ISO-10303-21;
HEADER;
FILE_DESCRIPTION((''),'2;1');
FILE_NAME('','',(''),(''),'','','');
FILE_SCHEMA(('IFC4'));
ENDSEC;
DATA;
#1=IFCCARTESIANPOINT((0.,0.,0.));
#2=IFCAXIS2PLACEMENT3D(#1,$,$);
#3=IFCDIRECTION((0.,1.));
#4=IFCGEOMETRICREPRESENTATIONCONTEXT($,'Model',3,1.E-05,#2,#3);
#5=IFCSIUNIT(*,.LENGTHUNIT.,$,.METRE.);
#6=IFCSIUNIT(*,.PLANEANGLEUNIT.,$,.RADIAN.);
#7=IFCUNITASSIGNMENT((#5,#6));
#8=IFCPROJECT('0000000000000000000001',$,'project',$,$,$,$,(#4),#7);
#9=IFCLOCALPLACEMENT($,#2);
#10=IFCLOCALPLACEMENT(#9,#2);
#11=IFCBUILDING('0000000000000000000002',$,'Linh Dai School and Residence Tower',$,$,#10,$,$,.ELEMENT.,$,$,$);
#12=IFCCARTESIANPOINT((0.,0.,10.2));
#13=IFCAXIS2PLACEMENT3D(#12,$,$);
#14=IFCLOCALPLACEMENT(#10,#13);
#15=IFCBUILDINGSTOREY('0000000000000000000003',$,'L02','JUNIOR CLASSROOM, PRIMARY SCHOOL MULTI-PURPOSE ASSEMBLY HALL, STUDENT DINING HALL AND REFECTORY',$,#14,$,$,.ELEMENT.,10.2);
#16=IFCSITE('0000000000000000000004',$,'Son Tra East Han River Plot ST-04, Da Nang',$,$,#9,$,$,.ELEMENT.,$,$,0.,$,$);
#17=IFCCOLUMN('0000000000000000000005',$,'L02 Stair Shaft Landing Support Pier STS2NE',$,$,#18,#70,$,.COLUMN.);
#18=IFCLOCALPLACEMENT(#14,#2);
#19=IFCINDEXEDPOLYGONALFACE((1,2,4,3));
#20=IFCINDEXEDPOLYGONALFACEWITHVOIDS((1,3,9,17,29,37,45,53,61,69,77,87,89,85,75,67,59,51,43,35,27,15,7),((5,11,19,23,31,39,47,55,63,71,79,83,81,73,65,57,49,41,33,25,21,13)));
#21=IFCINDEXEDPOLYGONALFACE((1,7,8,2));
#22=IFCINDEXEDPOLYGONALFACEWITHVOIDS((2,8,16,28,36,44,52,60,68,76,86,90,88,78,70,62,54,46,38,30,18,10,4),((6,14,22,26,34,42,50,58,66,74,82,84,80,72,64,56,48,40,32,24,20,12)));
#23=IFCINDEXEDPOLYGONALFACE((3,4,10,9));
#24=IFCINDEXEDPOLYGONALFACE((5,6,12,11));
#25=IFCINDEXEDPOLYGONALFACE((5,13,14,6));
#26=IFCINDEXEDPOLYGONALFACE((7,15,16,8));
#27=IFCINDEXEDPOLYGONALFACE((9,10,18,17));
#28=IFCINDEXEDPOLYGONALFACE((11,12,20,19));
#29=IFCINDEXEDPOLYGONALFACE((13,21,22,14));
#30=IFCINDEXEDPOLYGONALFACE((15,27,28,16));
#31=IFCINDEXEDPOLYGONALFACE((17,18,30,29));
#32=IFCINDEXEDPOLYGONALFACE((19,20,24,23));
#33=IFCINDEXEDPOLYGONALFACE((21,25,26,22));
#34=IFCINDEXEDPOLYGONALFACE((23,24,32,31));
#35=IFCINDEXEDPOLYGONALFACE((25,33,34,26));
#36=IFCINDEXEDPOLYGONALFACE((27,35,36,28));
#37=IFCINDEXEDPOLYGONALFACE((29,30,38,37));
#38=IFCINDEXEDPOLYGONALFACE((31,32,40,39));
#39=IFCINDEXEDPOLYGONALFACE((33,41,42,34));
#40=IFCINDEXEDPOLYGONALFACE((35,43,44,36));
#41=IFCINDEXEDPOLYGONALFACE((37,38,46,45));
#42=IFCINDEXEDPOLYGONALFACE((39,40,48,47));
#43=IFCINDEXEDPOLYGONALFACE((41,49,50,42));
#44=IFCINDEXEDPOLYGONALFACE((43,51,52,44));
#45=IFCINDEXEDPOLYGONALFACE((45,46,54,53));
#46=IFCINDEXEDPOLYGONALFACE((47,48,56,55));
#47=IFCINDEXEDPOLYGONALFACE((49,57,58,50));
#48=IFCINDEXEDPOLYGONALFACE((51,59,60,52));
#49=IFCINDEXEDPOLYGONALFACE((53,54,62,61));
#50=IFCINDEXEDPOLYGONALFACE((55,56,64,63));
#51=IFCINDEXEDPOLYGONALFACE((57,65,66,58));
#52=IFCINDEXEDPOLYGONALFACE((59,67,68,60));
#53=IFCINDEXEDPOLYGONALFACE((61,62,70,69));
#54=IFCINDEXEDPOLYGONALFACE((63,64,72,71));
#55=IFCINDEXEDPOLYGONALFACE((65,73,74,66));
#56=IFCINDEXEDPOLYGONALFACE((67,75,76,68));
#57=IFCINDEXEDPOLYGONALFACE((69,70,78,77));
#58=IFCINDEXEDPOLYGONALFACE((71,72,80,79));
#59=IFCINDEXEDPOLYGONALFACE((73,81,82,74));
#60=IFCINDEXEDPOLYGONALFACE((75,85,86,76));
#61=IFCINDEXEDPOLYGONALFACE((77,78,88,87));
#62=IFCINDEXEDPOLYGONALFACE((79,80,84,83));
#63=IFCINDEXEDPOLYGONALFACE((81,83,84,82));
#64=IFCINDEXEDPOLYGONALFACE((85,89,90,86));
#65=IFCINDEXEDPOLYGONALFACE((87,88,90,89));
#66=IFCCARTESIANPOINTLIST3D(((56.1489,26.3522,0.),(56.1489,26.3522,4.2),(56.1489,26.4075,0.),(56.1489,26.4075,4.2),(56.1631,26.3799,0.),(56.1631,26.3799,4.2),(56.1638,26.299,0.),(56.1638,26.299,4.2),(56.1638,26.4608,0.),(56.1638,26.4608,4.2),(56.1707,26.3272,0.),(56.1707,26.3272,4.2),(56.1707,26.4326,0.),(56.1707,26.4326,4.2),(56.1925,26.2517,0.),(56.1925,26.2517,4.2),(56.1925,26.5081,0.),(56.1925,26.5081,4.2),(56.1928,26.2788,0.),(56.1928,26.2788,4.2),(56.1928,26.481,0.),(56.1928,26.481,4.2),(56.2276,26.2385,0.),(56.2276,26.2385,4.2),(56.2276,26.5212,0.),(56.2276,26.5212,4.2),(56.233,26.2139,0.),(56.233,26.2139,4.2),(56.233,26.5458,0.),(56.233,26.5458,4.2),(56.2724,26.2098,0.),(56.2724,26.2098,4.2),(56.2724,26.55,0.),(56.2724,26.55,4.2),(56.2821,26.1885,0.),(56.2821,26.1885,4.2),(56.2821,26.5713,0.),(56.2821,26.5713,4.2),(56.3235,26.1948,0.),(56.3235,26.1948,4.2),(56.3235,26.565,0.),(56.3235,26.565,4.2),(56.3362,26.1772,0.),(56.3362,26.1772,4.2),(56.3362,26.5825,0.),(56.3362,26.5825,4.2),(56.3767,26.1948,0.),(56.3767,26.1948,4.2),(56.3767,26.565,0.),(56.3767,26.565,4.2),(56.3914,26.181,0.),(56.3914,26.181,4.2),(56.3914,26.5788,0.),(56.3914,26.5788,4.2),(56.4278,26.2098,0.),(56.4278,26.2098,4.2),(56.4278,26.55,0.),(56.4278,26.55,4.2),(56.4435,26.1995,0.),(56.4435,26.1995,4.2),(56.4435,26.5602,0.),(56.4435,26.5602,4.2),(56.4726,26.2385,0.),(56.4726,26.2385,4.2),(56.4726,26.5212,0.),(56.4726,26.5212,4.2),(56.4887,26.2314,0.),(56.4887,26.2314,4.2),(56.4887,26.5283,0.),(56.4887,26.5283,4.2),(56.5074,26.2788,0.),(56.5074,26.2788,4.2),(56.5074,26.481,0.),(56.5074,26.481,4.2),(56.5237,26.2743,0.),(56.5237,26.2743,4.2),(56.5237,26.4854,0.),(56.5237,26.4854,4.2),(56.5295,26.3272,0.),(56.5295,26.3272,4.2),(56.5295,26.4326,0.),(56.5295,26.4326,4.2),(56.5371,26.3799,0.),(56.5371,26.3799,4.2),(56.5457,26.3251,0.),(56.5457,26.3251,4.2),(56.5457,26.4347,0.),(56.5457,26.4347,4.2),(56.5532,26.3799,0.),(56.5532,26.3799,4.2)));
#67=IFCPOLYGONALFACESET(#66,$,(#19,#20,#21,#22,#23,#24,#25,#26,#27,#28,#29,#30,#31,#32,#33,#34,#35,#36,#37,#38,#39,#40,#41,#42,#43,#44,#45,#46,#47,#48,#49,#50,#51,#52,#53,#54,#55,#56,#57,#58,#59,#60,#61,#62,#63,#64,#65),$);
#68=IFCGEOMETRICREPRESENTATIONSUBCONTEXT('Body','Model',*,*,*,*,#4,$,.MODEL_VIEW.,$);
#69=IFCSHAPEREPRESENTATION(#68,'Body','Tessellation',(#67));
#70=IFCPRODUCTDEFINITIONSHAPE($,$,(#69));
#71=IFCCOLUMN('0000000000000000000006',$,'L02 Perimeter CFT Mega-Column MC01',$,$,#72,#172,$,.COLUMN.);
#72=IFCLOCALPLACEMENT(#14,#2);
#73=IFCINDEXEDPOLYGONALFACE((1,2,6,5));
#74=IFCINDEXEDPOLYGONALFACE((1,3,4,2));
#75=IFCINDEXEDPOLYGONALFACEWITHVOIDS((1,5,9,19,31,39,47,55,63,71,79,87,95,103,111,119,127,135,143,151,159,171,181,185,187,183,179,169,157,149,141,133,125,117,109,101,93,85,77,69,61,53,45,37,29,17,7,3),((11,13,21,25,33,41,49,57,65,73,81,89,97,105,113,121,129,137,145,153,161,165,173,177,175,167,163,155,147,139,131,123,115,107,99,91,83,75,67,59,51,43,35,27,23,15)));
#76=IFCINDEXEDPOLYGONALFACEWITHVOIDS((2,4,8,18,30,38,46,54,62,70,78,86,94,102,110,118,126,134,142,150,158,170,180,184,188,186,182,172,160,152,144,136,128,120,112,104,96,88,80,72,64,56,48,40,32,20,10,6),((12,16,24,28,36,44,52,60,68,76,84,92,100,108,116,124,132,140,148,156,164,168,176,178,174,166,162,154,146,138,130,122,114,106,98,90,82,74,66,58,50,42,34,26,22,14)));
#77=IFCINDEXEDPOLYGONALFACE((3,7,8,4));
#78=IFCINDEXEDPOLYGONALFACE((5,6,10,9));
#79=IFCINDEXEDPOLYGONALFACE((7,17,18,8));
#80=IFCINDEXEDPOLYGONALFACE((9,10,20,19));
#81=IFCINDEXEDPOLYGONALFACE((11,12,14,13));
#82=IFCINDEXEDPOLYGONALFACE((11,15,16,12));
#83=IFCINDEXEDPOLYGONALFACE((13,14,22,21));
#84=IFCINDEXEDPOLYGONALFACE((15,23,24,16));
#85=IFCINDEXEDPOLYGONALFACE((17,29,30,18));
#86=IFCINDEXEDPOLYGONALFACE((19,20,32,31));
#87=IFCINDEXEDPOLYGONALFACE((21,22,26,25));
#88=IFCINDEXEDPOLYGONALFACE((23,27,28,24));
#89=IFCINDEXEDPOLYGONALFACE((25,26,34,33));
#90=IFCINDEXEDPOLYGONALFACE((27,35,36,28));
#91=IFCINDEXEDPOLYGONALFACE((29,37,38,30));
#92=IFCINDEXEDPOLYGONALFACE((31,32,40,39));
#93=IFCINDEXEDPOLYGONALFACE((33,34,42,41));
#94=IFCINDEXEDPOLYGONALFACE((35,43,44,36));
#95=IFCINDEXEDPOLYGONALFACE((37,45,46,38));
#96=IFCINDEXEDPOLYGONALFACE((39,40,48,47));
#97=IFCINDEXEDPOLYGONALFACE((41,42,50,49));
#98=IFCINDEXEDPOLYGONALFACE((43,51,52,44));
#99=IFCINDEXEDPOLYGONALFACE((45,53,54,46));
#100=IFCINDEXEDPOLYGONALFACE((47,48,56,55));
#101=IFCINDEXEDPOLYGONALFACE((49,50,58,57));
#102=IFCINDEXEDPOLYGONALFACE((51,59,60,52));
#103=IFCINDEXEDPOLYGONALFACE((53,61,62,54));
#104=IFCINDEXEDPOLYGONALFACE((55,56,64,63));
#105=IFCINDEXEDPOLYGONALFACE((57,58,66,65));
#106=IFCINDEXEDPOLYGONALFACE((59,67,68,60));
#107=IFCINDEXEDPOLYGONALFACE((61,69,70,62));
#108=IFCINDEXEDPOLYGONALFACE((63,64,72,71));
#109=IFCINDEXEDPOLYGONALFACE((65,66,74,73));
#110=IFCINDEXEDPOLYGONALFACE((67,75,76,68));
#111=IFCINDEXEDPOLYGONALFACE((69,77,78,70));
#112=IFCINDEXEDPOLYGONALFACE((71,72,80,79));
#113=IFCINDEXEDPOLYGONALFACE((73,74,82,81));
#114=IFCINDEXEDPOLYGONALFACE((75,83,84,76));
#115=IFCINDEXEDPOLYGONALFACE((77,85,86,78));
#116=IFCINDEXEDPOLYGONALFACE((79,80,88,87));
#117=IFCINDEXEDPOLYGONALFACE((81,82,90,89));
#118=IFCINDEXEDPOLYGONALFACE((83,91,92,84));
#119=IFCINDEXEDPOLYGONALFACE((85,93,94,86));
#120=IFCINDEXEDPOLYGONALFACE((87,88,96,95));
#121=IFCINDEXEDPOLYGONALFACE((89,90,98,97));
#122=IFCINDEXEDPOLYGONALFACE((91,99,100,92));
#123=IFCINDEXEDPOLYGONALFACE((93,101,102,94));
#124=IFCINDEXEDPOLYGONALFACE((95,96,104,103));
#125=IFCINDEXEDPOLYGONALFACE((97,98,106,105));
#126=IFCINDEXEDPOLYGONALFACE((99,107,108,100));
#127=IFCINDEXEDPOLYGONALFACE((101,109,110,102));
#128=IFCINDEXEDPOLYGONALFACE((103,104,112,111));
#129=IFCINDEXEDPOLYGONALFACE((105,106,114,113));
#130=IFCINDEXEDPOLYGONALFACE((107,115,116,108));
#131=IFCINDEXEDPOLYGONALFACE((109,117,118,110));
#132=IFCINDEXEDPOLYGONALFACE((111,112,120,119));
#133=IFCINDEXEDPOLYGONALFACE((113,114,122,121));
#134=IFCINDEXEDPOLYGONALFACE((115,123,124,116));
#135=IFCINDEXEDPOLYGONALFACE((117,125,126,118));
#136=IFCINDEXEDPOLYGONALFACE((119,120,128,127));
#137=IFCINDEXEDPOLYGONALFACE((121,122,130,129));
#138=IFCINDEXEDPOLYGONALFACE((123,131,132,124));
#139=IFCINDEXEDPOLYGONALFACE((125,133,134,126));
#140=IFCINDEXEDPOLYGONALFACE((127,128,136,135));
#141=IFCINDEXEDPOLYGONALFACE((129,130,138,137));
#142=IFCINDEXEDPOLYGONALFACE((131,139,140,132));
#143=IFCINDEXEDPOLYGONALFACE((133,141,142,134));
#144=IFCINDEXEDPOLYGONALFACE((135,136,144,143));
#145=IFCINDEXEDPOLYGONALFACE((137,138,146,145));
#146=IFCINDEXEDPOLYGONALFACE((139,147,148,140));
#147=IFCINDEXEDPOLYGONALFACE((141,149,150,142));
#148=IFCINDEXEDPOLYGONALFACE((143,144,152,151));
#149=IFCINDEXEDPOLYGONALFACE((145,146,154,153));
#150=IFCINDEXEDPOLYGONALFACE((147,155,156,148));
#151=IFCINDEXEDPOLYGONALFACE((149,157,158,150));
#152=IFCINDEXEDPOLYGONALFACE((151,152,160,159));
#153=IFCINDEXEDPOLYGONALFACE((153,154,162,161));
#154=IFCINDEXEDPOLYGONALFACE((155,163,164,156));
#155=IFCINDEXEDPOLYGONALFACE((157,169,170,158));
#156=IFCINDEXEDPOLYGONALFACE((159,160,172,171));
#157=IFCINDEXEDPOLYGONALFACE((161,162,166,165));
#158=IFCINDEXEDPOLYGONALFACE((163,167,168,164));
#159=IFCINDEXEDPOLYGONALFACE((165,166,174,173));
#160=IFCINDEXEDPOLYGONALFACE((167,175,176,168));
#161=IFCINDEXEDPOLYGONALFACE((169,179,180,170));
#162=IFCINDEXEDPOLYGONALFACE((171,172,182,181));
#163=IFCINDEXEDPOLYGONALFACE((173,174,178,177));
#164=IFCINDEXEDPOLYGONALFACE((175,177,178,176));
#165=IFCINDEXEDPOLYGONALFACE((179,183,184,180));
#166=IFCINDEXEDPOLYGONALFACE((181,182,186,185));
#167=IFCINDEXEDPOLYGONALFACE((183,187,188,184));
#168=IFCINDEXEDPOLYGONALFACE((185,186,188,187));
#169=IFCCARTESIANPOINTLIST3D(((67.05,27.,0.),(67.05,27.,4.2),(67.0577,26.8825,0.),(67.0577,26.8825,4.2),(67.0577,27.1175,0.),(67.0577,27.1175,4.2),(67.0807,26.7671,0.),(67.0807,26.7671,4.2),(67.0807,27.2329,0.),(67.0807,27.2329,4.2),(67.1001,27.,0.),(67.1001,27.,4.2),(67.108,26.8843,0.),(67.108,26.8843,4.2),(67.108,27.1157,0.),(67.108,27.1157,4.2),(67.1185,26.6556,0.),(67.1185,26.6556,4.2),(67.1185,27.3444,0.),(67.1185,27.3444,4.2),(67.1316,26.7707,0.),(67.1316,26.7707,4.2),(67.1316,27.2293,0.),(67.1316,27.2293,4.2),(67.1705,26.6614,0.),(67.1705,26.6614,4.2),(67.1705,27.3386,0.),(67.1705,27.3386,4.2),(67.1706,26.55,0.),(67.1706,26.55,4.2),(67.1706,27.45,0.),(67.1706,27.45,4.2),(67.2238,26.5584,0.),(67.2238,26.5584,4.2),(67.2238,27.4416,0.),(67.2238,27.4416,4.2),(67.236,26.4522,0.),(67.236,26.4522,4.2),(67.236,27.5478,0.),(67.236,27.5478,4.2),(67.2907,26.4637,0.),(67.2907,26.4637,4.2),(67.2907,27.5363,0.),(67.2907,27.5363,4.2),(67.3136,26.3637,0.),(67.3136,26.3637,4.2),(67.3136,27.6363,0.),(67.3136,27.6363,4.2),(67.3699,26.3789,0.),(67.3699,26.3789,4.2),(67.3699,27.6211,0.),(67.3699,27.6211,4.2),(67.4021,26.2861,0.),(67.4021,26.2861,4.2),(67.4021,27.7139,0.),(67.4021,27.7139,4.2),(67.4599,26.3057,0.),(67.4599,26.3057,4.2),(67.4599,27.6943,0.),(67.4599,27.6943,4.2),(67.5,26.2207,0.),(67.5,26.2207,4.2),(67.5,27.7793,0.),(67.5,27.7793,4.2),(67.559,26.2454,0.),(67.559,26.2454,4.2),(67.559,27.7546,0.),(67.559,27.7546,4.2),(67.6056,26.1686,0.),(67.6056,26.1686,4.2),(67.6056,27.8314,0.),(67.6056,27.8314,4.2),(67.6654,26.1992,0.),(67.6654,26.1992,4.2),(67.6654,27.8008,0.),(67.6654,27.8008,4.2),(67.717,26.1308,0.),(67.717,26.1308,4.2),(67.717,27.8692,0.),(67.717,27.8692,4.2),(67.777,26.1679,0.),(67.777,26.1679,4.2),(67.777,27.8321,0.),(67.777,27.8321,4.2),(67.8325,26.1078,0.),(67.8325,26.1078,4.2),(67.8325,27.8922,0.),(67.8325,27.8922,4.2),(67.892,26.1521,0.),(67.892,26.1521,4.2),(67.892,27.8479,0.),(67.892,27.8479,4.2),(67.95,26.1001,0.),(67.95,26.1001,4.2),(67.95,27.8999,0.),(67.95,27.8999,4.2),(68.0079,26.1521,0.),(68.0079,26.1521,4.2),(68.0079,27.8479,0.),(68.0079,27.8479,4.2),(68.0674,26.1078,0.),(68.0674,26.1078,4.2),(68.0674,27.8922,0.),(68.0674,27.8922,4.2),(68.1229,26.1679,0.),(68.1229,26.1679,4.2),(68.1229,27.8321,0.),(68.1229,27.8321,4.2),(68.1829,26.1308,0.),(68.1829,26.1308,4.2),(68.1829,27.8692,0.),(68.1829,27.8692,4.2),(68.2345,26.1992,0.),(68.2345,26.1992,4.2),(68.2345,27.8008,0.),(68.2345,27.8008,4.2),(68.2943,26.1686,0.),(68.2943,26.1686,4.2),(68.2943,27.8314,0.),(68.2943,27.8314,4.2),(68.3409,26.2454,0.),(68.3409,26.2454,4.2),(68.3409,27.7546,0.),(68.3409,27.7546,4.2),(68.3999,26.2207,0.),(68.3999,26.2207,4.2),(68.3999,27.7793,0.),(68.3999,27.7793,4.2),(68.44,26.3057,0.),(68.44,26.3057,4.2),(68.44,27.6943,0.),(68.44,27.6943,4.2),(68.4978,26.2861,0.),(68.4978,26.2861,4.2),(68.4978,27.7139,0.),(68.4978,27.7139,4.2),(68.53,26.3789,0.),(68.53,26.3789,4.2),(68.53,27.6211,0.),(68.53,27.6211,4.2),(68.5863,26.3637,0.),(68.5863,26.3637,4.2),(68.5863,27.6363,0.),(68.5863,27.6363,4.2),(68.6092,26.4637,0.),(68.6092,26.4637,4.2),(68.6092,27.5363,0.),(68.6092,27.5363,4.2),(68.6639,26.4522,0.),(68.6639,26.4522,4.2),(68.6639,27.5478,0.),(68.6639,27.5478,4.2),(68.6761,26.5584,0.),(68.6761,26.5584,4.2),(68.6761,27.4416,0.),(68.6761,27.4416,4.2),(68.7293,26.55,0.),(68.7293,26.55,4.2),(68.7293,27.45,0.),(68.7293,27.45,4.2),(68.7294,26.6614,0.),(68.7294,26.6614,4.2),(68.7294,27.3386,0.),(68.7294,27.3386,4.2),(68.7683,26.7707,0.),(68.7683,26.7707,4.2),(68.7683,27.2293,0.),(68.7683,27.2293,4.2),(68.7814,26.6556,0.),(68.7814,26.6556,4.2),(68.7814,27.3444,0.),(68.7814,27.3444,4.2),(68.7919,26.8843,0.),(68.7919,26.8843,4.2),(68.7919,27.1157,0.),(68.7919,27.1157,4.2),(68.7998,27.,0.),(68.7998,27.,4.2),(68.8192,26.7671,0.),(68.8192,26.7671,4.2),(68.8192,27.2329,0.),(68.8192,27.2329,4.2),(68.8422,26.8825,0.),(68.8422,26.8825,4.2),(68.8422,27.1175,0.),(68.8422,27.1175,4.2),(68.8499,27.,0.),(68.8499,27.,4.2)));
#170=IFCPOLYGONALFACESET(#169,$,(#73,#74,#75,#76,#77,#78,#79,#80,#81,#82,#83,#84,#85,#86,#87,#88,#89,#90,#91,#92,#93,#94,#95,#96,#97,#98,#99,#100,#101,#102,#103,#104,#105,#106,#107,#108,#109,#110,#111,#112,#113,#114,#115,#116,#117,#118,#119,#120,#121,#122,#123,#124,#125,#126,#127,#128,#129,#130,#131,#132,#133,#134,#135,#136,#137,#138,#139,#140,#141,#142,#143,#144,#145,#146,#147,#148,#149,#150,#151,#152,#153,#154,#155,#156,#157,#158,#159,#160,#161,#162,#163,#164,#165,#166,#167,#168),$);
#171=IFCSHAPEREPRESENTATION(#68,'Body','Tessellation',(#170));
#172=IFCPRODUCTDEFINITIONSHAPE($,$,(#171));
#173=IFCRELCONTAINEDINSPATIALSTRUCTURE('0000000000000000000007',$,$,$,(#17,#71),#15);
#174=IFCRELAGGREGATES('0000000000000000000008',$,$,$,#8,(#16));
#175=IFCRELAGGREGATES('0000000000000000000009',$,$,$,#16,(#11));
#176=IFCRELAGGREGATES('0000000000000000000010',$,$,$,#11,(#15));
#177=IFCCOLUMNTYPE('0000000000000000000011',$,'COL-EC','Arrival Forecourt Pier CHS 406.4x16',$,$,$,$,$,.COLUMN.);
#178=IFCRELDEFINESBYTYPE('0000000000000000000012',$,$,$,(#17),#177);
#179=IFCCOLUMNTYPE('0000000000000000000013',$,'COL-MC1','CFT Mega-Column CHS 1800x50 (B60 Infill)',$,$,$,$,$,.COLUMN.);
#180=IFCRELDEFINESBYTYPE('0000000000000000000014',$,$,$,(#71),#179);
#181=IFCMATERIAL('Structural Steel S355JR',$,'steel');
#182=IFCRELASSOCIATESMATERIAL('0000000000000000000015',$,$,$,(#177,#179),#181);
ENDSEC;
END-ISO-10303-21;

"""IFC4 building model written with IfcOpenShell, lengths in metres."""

from ifc_helpers import new_model, si_unit, direction, frame, origin, origin_2d, place, context, subcontext, project, spatial, hollow_circle, extrude, material, material_profile, profile_set, type_object, element, save


model = new_model("IFC4")

# Units and contexts
model_context = context("Model", 3, precision=1e-05, world=origin(), true_north=direction((0.0, 1.0)))
body_context = subcontext(model_context, "Body", "Model", "MODEL_VIEW")
ifc_project = project(units=[si_unit("LENGTHUNIT", "METRE"), si_unit("PLANEANGLEUNIT", "RADIAN")], contexts=[model_context])

# Site, building, storey
site_placement = place(None, origin())
site = spatial("IfcSite", under=ifc_project, at=site_placement, Name="Son Tra East Han River Plot ST-04, Da Nang", CompositionType="ELEMENT", RefElevation=0.0)
building_placement = place(site_placement, origin())
building = spatial("IfcBuilding", under=site, at=building_placement, Name="Linh Dai School and Residence Tower", CompositionType="ELEMENT")
storey_placement = place(building_placement, frame((0.0, 0.0, 10.2)))
storey = spatial("IfcBuildingStorey", under=building, at=storey_placement, Name="L02", Description="JUNIOR CLASSROOM, PRIMARY SCHOOL MULTI-PURPOSE ASSEMBLY HALL, STUDENT DINING HALL AND REFECTORY", CompositionType="ELEMENT", Elevation=10.2)

# Columns
ifc_material_1 = material(Name="Structural Steel S355JR", Category="steel")
ifc_material_profile_1 = material_profile(ifc_material_1, hollow_circle(Radius=0.2031, WallThickness=0.0161, at=origin_2d()), Name="CHS 406.4x16")
ifc_profile_set_1 = profile_set([ifc_material_profile_1], Name="Structural Steel S355JR")
column_type_1 = type_object("IfcColumnType", Name="COL-EC", Description="Arrival Forecourt Pier CHS 406.4x16", PredefinedType="COLUMN", material=ifc_profile_set_1)
column_1_placement = place(storey_placement, frame((56.3501, 26.3799, 0.0), z_axis=(0.0, 0.0, 1.0), x_axis=(1.0, 0.0, 0.0)))
element("IfcColumn", 1, at=column_1_placement, inside=storey, type_object=column_type_1, Name="L02 Stair Shaft Landing Support Pier STS2NE", PredefinedType="COLUMN", context=body_context, shape_type="SweptSolid", body=[
    extrude(hollow_circle(Radius=0.2031, WallThickness=0.0161, at=origin_2d()), origin(), (0.0, 0.0, 1.0), 4.2),
])
ifc_material_profile_2 = material_profile(ifc_material_1, hollow_circle(Radius=0.8999, WallThickness=0.05, at=origin_2d()), Name="CHS 1800x50")
ifc_profile_set_2 = profile_set([ifc_material_profile_2], Name="Structural Steel S355JR")
column_type_2 = type_object("IfcColumnType", Name="COL-MC1", Description="CFT Mega-Column CHS 1800x50 (B60 Infill)", PredefinedType="COLUMN", material=ifc_profile_set_2)
column_2_placement = place(storey_placement, frame((67.95, 27.0, 0.0), z_axis=(0.0, 0.0, 1.0), x_axis=(1.0, 0.0, 0.0)))
element("IfcColumn", 2, at=column_2_placement, inside=storey, type_object=column_type_2, Name="L02 Perimeter CFT Mega-Column MC01", PredefinedType="COLUMN", context=body_context, shape_type="SweptSolid", body=[
    extrude(hollow_circle(Radius=0.8999, WallThickness=0.05, at=origin_2d()), origin(), (0.0, 0.0, 1.0), 4.2),
])

save(model, "model.ifc")
